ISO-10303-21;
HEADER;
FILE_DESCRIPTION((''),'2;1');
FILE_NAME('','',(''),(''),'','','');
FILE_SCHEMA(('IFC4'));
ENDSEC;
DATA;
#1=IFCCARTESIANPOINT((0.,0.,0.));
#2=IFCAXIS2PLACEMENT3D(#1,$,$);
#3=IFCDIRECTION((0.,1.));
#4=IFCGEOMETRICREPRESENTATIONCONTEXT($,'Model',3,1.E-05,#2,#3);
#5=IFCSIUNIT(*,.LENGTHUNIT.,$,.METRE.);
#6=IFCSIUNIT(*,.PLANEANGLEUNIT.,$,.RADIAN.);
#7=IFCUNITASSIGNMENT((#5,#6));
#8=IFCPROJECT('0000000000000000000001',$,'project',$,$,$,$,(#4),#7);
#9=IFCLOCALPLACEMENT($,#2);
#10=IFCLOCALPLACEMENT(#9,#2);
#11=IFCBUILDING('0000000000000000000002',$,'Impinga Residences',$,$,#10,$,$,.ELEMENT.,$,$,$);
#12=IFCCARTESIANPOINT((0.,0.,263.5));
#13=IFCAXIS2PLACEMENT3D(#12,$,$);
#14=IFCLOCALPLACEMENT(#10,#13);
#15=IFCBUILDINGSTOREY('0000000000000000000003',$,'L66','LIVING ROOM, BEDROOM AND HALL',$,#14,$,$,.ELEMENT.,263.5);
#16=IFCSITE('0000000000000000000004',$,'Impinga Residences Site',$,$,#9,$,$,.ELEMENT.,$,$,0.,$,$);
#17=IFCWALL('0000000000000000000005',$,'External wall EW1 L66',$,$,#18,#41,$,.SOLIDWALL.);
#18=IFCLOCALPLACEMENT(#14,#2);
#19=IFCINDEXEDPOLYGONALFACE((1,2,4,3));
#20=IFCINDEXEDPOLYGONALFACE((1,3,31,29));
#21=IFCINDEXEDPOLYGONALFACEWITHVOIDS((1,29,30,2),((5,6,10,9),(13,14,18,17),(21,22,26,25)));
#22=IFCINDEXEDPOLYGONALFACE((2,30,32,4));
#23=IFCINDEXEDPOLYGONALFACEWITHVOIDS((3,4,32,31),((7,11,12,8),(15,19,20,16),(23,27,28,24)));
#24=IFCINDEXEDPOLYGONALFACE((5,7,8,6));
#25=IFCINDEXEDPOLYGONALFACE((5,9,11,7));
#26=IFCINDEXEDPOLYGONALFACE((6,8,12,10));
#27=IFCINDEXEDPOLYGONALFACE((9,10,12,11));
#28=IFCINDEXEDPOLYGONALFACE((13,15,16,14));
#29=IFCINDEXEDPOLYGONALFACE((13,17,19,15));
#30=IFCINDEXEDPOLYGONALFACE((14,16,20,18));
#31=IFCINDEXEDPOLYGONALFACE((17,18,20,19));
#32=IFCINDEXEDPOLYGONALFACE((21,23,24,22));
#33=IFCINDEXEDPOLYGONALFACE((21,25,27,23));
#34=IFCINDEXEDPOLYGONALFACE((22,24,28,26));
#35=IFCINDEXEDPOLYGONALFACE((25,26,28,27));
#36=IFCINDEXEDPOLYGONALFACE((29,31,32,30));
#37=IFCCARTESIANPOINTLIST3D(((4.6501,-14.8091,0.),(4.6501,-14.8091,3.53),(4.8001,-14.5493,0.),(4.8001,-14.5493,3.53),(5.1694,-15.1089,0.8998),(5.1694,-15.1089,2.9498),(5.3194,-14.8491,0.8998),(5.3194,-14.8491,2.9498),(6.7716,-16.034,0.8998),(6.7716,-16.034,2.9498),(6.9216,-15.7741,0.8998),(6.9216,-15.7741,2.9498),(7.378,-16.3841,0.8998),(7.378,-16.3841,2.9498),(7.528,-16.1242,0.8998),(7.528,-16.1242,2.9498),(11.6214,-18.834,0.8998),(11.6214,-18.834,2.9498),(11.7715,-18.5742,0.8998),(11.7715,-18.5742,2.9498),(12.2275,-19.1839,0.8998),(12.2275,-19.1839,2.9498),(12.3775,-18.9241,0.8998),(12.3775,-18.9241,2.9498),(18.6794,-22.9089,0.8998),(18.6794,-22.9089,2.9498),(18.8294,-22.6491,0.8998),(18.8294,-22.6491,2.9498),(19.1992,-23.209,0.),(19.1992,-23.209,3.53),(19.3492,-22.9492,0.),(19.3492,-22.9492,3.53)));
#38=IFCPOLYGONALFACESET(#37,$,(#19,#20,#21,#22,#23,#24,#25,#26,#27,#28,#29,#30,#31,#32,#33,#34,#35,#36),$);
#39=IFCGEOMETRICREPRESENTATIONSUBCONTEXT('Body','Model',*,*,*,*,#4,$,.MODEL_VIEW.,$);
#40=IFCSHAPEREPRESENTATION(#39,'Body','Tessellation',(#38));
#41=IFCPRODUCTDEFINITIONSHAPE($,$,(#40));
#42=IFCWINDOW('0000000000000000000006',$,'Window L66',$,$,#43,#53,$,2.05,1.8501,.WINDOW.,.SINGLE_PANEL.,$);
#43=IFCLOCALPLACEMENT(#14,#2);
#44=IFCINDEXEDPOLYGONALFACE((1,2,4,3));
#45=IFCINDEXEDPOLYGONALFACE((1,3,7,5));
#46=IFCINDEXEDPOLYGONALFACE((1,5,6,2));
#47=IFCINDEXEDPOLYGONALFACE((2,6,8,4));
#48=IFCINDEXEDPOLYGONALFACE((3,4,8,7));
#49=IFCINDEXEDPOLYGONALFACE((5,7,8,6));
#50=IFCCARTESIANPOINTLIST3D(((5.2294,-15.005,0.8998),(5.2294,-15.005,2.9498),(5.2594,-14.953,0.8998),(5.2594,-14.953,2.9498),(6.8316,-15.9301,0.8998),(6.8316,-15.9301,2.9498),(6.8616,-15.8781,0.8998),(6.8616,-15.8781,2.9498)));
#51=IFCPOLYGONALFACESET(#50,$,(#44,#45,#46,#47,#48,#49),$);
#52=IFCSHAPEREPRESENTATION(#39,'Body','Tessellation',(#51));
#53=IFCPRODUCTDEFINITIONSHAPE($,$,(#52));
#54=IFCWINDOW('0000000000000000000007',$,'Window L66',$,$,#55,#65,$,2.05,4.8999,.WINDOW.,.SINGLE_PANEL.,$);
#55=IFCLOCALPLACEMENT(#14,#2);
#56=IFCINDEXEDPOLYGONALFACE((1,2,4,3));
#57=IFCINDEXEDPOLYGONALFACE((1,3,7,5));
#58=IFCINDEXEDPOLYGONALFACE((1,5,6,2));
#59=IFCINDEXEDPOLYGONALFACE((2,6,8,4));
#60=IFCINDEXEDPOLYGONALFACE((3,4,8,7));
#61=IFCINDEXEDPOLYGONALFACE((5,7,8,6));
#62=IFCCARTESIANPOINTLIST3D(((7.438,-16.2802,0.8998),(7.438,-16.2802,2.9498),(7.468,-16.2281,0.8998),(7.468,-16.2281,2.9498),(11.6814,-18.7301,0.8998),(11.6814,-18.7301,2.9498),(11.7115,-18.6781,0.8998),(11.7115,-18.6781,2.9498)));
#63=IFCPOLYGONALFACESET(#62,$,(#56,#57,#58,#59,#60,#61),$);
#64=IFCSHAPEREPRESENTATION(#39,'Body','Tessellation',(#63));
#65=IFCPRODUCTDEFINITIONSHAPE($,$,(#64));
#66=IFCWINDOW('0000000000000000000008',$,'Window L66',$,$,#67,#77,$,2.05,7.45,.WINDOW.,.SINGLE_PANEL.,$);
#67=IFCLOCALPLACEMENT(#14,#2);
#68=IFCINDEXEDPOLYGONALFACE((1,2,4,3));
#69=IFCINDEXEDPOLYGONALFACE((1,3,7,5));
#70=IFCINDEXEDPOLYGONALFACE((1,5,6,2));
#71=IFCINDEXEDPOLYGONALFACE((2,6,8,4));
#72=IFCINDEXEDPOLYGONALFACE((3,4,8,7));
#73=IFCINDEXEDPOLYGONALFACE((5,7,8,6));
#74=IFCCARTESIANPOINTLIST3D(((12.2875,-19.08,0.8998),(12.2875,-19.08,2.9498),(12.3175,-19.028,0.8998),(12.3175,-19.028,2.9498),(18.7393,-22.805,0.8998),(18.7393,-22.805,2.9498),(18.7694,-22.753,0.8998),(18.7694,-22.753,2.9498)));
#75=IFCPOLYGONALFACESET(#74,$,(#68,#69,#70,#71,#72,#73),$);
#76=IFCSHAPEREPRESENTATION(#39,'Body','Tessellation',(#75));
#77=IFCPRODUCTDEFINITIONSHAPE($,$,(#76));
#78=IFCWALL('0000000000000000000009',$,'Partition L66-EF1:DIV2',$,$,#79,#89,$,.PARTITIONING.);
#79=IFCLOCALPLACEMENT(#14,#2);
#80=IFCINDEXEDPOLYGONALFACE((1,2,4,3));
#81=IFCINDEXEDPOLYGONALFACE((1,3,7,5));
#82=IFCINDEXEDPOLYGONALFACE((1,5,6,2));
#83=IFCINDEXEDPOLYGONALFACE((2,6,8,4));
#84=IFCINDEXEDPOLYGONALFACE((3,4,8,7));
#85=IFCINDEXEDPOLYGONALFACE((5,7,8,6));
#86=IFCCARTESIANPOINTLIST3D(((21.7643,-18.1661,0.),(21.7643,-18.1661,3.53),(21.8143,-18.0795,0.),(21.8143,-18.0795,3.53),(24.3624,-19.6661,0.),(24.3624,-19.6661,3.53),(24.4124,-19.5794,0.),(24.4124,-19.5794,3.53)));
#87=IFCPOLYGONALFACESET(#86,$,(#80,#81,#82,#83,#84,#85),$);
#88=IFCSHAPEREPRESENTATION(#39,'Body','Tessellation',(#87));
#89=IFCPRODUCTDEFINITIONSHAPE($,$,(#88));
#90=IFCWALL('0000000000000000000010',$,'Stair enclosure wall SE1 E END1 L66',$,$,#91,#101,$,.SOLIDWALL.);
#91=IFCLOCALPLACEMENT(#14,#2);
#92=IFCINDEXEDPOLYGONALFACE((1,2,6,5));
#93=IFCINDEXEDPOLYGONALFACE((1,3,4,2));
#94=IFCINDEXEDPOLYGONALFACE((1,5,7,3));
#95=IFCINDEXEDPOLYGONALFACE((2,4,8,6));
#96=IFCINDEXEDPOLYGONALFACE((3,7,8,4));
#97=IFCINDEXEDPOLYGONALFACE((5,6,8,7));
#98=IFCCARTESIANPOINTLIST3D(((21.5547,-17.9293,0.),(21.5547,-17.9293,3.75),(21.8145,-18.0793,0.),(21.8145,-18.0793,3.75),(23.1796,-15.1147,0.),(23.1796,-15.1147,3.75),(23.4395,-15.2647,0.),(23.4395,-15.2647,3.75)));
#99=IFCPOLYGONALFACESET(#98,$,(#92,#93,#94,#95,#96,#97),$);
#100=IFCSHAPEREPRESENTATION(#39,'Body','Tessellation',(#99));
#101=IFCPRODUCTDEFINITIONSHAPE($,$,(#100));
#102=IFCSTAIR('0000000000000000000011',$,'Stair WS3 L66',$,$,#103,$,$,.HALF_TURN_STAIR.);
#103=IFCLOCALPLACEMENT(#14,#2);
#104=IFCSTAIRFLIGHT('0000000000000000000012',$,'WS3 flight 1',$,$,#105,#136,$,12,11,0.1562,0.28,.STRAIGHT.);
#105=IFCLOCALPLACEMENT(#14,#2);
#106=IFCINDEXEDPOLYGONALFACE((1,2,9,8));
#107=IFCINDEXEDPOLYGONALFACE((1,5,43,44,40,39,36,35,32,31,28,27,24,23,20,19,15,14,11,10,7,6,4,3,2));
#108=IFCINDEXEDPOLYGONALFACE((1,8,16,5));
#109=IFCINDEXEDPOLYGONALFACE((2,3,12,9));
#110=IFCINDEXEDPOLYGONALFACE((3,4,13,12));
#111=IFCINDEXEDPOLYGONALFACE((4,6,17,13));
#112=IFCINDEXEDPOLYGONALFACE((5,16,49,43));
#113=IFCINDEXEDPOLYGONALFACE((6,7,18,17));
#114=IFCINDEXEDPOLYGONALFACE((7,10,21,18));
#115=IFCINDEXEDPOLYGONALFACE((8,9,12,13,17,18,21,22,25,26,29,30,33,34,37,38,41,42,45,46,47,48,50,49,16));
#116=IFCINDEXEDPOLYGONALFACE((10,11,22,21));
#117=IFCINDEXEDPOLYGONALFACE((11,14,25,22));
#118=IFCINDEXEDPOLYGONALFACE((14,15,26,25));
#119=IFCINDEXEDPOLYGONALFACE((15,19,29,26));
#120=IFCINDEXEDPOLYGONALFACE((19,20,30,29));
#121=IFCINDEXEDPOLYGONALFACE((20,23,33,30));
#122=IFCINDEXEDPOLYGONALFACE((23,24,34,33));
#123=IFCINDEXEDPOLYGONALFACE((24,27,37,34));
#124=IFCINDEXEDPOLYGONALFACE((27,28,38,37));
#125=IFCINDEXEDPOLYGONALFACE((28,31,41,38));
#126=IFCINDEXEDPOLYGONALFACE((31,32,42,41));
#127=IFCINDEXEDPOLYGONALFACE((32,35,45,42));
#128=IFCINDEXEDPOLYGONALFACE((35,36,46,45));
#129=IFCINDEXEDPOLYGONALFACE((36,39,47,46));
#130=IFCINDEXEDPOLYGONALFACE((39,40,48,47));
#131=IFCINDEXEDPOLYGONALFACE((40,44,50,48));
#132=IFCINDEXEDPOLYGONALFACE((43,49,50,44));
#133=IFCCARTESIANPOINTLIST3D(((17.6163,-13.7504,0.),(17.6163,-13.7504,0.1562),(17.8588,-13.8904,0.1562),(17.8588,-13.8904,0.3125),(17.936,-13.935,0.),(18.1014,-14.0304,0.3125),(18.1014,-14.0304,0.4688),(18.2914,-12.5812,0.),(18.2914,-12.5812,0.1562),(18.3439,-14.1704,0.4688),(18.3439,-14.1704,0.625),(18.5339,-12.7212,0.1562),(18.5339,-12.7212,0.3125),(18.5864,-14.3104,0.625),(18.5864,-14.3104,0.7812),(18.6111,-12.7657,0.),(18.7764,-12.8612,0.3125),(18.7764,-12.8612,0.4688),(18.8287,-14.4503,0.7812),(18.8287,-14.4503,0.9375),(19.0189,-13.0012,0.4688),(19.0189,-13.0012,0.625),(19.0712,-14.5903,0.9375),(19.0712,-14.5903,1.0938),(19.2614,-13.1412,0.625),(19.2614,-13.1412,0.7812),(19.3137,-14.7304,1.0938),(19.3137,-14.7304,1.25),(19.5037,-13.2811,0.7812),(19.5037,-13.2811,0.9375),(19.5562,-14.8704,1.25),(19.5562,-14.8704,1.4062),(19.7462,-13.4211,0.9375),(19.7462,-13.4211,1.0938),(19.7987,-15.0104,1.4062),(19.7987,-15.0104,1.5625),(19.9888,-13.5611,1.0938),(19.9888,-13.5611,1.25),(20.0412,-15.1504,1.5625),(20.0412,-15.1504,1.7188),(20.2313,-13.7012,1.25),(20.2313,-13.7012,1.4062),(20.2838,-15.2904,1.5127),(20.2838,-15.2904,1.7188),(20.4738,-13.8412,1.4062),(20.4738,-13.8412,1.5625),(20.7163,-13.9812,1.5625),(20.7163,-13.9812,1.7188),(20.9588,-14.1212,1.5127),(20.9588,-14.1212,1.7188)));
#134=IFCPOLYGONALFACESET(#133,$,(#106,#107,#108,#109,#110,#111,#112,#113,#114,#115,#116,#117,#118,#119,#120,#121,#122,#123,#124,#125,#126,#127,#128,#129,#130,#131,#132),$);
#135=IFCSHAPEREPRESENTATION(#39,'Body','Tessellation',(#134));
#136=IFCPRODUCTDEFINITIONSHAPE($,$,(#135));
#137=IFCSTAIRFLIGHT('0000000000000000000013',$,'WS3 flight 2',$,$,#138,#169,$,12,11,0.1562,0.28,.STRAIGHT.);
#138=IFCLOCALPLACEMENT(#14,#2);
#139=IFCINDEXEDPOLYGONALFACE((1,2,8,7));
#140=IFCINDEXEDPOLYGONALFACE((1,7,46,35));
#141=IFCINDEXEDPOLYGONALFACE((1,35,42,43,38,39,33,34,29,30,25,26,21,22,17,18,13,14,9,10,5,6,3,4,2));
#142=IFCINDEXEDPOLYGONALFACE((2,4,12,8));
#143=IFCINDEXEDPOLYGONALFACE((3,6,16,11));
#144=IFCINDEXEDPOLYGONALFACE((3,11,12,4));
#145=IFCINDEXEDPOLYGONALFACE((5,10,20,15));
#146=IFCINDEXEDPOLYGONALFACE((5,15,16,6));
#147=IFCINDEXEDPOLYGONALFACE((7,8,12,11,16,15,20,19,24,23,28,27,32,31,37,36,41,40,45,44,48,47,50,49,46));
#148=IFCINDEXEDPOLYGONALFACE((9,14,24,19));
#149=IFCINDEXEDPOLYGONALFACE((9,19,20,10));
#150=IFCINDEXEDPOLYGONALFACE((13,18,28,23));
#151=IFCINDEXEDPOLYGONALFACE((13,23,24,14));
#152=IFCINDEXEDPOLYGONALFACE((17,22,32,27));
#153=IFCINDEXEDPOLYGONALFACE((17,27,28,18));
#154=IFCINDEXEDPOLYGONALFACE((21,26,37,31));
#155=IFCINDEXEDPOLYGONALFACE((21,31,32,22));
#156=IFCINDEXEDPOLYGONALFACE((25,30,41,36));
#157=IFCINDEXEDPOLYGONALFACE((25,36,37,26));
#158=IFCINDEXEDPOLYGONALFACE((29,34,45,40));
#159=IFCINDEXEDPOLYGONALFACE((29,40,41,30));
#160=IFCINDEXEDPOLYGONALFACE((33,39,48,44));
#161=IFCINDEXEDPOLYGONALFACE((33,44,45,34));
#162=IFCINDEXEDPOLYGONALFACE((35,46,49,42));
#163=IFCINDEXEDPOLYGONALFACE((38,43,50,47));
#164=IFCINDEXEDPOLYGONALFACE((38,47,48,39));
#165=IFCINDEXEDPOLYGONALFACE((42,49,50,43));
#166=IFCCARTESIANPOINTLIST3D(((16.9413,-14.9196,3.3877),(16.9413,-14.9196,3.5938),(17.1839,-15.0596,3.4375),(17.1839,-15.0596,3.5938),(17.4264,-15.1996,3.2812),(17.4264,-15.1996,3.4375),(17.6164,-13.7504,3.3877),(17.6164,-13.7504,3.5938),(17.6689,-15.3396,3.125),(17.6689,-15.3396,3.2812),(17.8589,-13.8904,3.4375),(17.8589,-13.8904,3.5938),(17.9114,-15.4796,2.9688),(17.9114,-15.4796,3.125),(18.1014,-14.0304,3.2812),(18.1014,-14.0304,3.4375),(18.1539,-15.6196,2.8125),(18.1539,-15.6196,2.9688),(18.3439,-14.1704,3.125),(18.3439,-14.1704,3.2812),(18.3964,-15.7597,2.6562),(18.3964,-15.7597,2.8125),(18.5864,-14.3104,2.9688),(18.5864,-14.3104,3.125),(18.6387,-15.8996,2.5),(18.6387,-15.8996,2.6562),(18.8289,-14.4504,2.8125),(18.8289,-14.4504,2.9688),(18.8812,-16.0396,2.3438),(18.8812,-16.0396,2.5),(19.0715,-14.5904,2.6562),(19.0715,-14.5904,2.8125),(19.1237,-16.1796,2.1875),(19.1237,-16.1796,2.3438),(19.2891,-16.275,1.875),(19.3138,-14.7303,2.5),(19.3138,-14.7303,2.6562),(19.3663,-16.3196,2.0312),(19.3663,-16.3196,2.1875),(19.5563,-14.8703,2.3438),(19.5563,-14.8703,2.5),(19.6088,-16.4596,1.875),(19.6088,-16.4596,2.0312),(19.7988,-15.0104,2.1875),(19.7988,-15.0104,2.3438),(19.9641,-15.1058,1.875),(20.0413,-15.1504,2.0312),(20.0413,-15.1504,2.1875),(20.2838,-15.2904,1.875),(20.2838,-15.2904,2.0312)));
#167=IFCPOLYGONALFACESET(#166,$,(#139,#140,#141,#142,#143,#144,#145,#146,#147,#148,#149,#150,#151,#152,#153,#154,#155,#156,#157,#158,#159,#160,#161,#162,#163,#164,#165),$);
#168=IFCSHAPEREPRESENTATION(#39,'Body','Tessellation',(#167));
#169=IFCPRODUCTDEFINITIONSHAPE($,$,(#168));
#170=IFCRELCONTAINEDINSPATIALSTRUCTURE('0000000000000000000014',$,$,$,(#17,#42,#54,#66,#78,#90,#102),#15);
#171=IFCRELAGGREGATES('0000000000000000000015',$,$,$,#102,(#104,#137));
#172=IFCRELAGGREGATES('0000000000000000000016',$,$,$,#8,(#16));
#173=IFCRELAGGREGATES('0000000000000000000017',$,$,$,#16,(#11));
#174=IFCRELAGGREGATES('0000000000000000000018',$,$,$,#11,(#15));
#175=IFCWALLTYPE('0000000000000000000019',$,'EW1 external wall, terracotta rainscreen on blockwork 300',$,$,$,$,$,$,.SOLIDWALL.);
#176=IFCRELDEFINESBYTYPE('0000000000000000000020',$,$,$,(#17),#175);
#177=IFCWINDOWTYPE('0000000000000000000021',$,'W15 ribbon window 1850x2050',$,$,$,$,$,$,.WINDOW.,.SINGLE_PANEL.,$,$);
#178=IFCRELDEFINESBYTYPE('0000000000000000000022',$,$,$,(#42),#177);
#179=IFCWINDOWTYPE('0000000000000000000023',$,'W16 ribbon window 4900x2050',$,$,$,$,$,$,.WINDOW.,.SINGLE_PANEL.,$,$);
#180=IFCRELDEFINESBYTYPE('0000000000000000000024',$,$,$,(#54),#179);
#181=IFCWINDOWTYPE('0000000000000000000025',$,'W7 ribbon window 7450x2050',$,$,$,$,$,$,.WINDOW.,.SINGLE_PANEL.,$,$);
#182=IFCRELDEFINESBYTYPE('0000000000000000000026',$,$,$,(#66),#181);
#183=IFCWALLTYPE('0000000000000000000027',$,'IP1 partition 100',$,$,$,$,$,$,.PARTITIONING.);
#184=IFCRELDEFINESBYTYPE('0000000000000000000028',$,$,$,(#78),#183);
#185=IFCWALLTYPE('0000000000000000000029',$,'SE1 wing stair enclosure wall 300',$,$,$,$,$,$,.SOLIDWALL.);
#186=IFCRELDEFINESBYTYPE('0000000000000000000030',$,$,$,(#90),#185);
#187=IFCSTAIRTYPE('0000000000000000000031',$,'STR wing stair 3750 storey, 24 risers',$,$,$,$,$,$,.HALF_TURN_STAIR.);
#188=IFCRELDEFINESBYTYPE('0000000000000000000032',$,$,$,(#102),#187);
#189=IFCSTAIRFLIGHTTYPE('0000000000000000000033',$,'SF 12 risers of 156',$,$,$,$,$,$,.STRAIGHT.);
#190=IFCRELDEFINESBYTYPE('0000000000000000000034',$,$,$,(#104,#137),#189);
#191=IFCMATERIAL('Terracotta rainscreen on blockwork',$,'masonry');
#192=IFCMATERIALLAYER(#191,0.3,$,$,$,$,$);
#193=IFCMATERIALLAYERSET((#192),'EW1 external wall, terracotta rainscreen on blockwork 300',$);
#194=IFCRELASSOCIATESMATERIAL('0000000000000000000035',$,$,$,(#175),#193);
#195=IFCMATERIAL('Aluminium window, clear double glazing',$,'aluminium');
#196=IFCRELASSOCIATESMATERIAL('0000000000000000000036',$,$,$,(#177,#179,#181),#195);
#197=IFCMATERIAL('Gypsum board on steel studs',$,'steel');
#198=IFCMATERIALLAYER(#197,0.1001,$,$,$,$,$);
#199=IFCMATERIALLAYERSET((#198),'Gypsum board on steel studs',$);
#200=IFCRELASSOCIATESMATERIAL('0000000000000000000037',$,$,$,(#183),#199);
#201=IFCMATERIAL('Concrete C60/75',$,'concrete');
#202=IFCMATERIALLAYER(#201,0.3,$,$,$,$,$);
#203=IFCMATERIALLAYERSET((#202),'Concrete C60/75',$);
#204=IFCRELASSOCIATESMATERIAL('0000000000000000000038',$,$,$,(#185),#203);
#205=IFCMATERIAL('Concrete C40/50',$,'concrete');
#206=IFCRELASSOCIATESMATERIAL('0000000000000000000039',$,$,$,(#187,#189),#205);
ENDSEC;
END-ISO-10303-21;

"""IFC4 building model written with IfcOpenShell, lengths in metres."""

from ifc_helpers import new_model, si_unit, direction, frame, frame_2d, origin, place, context, subcontext, project, spatial, polyline, rectangle, outline, extrude, material, layer, layer_set, type_object, element, fill, aggregate, save


model = new_model("IFC4")

# Units and contexts
model_context = context("Model", 3, precision=1e-05, world=origin(), true_north=direction((0.0, 1.0)))
body_context = subcontext(model_context, "Body", "Model", "MODEL_VIEW")
ifc_project = project(units=[si_unit("LENGTHUNIT", "METRE"), si_unit("PLANEANGLEUNIT", "RADIAN")], contexts=[model_context])

# Site, building, storey
site_placement = place(None, origin())
site = spatial("IfcSite", under=ifc_project, at=site_placement, Name="Impinga Residences Site", CompositionType="ELEMENT", RefElevation=0.0)
building_placement = place(site_placement, origin())
building = spatial("IfcBuilding", under=site, at=building_placement, Name="Impinga Residences", CompositionType="ELEMENT")
storey_placement = place(building_placement, frame((0.0, 0.0, 263.5)))
storey = spatial("IfcBuildingStorey", under=building, at=storey_placement, Name="L66", Description="LIVING ROOM, BEDROOM AND HALL", CompositionType="ELEMENT", Elevation=263.5)

# Shared definitions
ifc_material_1 = material(Name="Concrete C60/75", Category="concrete")

# Shared definitions
ifc_material_2 = material(Name="Terracotta rainscreen on blockwork", Category="masonry")
ifc_layer_1 = layer(ifc_material_2, 0.3)
ifc_layer_set_1 = layer_set([ifc_layer_1], Name="EW1 external wall, terracotta rainscreen on blockwork 300")
wall_type_1 = type_object("IfcWallType", Name="EW1 external wall, terracotta rainscreen on blockwork 300", PredefinedType="SOLIDWALL", material=ifc_layer_set_1)

# Wall, openings, windows
wall_1_placement = place(storey_placement, frame((19.2742, -23.0791, 0.0), z_axis=(0.0, 0.0, 1.0), x_axis=(-0.866026, 0.5, 0.0)))
wall_1 = element("IfcWall", 1, at=wall_1_placement, inside=storey, type_object=wall_type_1, Name="External wall EW1 L66", PredefinedType="SOLIDWALL", context=body_context, shape_type="SweptSolid", body=[
    extrude(rectangle(XDim=16.7998, YDim=0.3, at=frame_2d((8.3999, 0.0))), origin(), (0.0, 0.0, 1.0), 3.53),
])
opening_1_placement = place(wall_1_placement, frame((0.6001, 0.0, 0.8999)))
opening_1 = element("IfcOpeningElement", 2, at=opening_1_placement, cuts=wall_1, PredefinedType="OPENING", context=body_context, shape_type="SweptSolid", body=[
    extrude(rectangle(XDim=7.45, YDim=2.05, at=frame_2d((3.7251, 1.0249))), frame((0.0, 0.1599, 0.0), z_axis=(0.0, -1.0, 0.0), x_axis=(1.0, 0.0, 0.0)), (0.0, 0.0, 1.0), 0.3201),
])
opening_2_placement = place(wall_1_placement, frame((8.75, 0.0, 0.8999)))
opening_2 = element("IfcOpeningElement", 3, at=opening_2_placement, cuts=wall_1, PredefinedType="OPENING", context=body_context, shape_type="SweptSolid", body=[
    extrude(rectangle(XDim=4.8999, YDim=2.05, at=frame_2d((2.45, 1.0249))), frame((0.0, 0.1599, 0.0), z_axis=(0.0, -1.0, 0.0), x_axis=(1.0, 0.0, 0.0)), (0.0, 0.0, 1.0), 0.3201),
])
opening_3_placement = place(wall_1_placement, frame((14.3501, 0.0, 0.8999)))
opening_3 = element("IfcOpeningElement", 4, at=opening_3_placement, cuts=wall_1, PredefinedType="OPENING", context=body_context, shape_type="SweptSolid", body=[
    extrude(rectangle(XDim=1.8501, YDim=2.05, at=frame_2d((0.925, 1.0249))), frame((0.0, 0.1599, 0.0), z_axis=(0.0, -1.0, 0.0), x_axis=(1.0, 0.0, 0.0)), (0.0, 0.0, 1.0), 0.3201),
])
ifc_material_3 = material(Name="Aluminium window, clear double glazing", Category="aluminium")
window_type_1 = type_object("IfcWindowType", Name="W15 ribbon window 1850x2050", PartitioningType="SINGLE_PANEL", PredefinedType="WINDOW", material=ifc_material_3)
window_1_placement = place(opening_3_placement, origin())
window_1 = element("IfcWindow", 5, at=window_1_placement, inside=storey, type_object=window_type_1, Name="Window L66", OverallHeight=2.05, OverallWidth=1.8501, PartitioningType="SINGLE_PANEL", PredefinedType="WINDOW", context=body_context, shape_type="SweptSolid", body=[
    extrude(rectangle(XDim=1.8501, YDim=2.05, at=frame_2d((0.925, 1.0249))), frame((0.0, 0.03, 0.0), z_axis=(0.0, -1.0, 0.0), x_axis=(1.0, 0.0, 0.0)), (0.0, 0.0, 1.0), 0.0601),
])
fill(opening_3, window_1)
window_type_2 = type_object("IfcWindowType", Name="W16 ribbon window 4900x2050", PartitioningType="SINGLE_PANEL", PredefinedType="WINDOW", material=ifc_material_3)
window_2_placement = place(opening_2_placement, origin())
window_2 = element("IfcWindow", 6, at=window_2_placement, inside=storey, type_object=window_type_2, Name="Window L66", OverallHeight=2.05, OverallWidth=4.8999, PartitioningType="SINGLE_PANEL", PredefinedType="WINDOW", context=body_context, shape_type="SweptSolid", body=[
    extrude(rectangle(XDim=4.8999, YDim=2.05, at=frame_2d((2.45, 1.0249))), frame((0.0, 0.03, 0.0), z_axis=(0.0, -1.0, 0.0), x_axis=(1.0, 0.0, 0.0)), (0.0, 0.0, 1.0), 0.0601),
])
fill(opening_2, window_2)
window_type_3 = type_object("IfcWindowType", Name="W7 ribbon window 7450x2050", PartitioningType="SINGLE_PANEL", PredefinedType="WINDOW", material=ifc_material_3)
window_3_placement = place(opening_1_placement, origin())
window_3 = element("IfcWindow", 7, at=window_3_placement, inside=storey, type_object=window_type_3, Name="Window L66", OverallHeight=2.05, OverallWidth=7.45, PartitioningType="SINGLE_PANEL", PredefinedType="WINDOW", context=body_context, shape_type="SweptSolid", body=[
    extrude(rectangle(XDim=7.45, YDim=2.05, at=frame_2d((3.7251, 1.0249))), frame((0.0, 0.03, 0.0), z_axis=(0.0, -1.0, 0.0), x_axis=(1.0, 0.0, 0.0)), (0.0, 0.0, 1.0), 0.0601),
])
fill(opening_1, window_3)

# Walls
ifc_material_4 = material(Name="Gypsum board on steel studs", Category="steel")
ifc_layer_2 = layer(ifc_material_4, 0.1001)
ifc_layer_set_2 = layer_set([ifc_layer_2], Name="Gypsum board on steel studs")
wall_type_2 = type_object("IfcWallType", Name="IP1 partition 100", PredefinedType="PARTITIONING", material=ifc_layer_set_2)
wall_2_placement = place(storey_placement, frame((21.7893, -18.1228, 0.0), z_axis=(0.0, 0.0, 1.0), x_axis=(0.866031, -0.49999, 0.0)))
element("IfcWall", 8, at=wall_2_placement, inside=storey, type_object=wall_type_2, Name="Partition L66-EF1:DIV2", PredefinedType="PARTITIONING", context=body_context, shape_type="SweptSolid", body=[
    extrude(rectangle(XDim=3.0, YDim=0.1001, at=frame_2d((1.5, 0.0))), origin(), (0.0, 0.0, 1.0), 3.53),
])
ifc_layer_3 = layer(ifc_material_1, 0.3)
ifc_layer_set_3 = layer_set([ifc_layer_3], Name="Concrete C60/75")
wall_type_3 = type_object("IfcWallType", Name="SE1 wing stair enclosure wall 300", PredefinedType="SOLIDWALL", material=ifc_layer_set_3)
wall_3_placement = place(storey_placement, frame((23.3096, -15.1897, 0.0), z_axis=(0.0, 0.0, 1.0), x_axis=(-0.499985, -0.866034, 0.0)))
element("IfcWall", 9, at=wall_3_placement, inside=storey, type_object=wall_type_3, Name="Stair enclosure wall SE1 E END1 L66", PredefinedType="SOLIDWALL", context=body_context, shape_type="SweptSolid", body=[
    extrude(rectangle(XDim=3.25, YDim=0.3, at=frame_2d((1.625, 0.0))), origin(), (0.0, 0.0, 1.0), 3.75),
])

# Stair, stair flights
ifc_material_5 = material(Name="Concrete C40/50", Category="concrete")
stair_type = type_object("IfcStairType", Name="STR wing stair 3750 storey, 24 risers", PredefinedType="HALF_TURN_STAIR", material=ifc_material_5)
stair_placement = place(storey_placement, origin())
stair = element("IfcStair", 10, at=stair_placement, inside=storey, type_object=stair_type, Name="Stair WS3 L66", PredefinedType="HALF_TURN_STAIR")
stair_flight_type = type_object("IfcStairFlightType", Name="SF 12 risers of 156", PredefinedType="STRAIGHT", material=ifc_material_5)
stair_flight_1_placement = place(storey_placement, frame((17.9539, -13.1658, 0.0), z_axis=(0.0, 0.0, 1.0), x_axis=(0.866025, -0.5, 0.0)))
stair_flight_1 = element("IfcStairFlight", 11, at=stair_flight_1_placement, type_object=stair_flight_type, Name="WS3 flight 1", NumberOfRisers=12, NumberOfTreads=11, PredefinedType="STRAIGHT", RiserHeight=0.1562, TreadLength=0.28, context=body_context, shape_type="SweptSolid", body=[
    extrude(outline(polyline([(0.0, 0.0), (0.0, 0.1562), (0.28, 0.1562), (0.28, 0.3125), (0.5601, 0.3125), (0.5601, 0.4688), (0.8401, 0.4688), (0.8401, 0.625), (1.1201, 0.625), (1.1201, 0.7812), (1.3999, 0.7812), (1.3999, 0.9375), (1.6799, 0.9375), (1.6799, 1.0938), (1.96, 1.0938), (1.96, 1.25), (2.24, 1.25), (2.24, 1.4062), (2.52, 1.4062), (2.52, 1.5625), (2.8, 1.5625), (2.8, 1.7188), (3.0801, 1.7188), (3.0801, 1.875), (3.0801, 1.5127), (0.3691, 0.0), (0.0, 0.0)])), frame((0.0, 0.675, 0.0), z_axis=(0.0, -1.0, 0.0), x_axis=(1.0, 0.0, 0.0)), (0.0, 0.0, 1.0), 1.3501),
])
stair_flight_2_placement = place(storey_placement, frame((19.9463, -15.875, 1.875), z_axis=(0.0, 0.0, 1.0), x_axis=(-0.866025, 0.5, 0.0)))
stair_flight_2 = element("IfcStairFlight", 12, at=stair_flight_2_placement, type_object=stair_flight_type, Name="WS3 flight 2", NumberOfRisers=12, NumberOfTreads=11, PredefinedType="STRAIGHT", RiserHeight=0.1562, TreadLength=0.28, context=body_context, shape_type="SweptSolid", body=[
    extrude(outline(polyline([(0.0, 0.0), (0.0, 0.1562), (0.28, 0.1562), (0.28, 0.3125), (0.5601, 0.3125), (0.5601, 0.4688), (0.8401, 0.4688), (0.8401, 0.625), (1.1201, 0.625), (1.1201, 0.7812), (1.3999, 0.7812), (1.3999, 0.9375), (1.6799, 0.9375), (1.6799, 1.0938), (1.96, 1.0938), (1.96, 1.25), (2.24, 1.25), (2.24, 1.4062), (2.52, 1.4062), (2.52, 1.5625), (2.8, 1.5625), (2.8, 1.7188), (3.0801, 1.7188), (3.0801, 1.875), (3.0801, 1.5127), (0.3691, 0.0), (0.0, 0.0)])), frame((0.0, 0.675, 0.0), z_axis=(0.0, -1.0, 0.0), x_axis=(1.0, 0.0, 0.0)), (0.0, 0.0, 1.0), 1.3501),
])
aggregate(stair, [stair_flight_1, stair_flight_2])

save(model, "model.ifc")
